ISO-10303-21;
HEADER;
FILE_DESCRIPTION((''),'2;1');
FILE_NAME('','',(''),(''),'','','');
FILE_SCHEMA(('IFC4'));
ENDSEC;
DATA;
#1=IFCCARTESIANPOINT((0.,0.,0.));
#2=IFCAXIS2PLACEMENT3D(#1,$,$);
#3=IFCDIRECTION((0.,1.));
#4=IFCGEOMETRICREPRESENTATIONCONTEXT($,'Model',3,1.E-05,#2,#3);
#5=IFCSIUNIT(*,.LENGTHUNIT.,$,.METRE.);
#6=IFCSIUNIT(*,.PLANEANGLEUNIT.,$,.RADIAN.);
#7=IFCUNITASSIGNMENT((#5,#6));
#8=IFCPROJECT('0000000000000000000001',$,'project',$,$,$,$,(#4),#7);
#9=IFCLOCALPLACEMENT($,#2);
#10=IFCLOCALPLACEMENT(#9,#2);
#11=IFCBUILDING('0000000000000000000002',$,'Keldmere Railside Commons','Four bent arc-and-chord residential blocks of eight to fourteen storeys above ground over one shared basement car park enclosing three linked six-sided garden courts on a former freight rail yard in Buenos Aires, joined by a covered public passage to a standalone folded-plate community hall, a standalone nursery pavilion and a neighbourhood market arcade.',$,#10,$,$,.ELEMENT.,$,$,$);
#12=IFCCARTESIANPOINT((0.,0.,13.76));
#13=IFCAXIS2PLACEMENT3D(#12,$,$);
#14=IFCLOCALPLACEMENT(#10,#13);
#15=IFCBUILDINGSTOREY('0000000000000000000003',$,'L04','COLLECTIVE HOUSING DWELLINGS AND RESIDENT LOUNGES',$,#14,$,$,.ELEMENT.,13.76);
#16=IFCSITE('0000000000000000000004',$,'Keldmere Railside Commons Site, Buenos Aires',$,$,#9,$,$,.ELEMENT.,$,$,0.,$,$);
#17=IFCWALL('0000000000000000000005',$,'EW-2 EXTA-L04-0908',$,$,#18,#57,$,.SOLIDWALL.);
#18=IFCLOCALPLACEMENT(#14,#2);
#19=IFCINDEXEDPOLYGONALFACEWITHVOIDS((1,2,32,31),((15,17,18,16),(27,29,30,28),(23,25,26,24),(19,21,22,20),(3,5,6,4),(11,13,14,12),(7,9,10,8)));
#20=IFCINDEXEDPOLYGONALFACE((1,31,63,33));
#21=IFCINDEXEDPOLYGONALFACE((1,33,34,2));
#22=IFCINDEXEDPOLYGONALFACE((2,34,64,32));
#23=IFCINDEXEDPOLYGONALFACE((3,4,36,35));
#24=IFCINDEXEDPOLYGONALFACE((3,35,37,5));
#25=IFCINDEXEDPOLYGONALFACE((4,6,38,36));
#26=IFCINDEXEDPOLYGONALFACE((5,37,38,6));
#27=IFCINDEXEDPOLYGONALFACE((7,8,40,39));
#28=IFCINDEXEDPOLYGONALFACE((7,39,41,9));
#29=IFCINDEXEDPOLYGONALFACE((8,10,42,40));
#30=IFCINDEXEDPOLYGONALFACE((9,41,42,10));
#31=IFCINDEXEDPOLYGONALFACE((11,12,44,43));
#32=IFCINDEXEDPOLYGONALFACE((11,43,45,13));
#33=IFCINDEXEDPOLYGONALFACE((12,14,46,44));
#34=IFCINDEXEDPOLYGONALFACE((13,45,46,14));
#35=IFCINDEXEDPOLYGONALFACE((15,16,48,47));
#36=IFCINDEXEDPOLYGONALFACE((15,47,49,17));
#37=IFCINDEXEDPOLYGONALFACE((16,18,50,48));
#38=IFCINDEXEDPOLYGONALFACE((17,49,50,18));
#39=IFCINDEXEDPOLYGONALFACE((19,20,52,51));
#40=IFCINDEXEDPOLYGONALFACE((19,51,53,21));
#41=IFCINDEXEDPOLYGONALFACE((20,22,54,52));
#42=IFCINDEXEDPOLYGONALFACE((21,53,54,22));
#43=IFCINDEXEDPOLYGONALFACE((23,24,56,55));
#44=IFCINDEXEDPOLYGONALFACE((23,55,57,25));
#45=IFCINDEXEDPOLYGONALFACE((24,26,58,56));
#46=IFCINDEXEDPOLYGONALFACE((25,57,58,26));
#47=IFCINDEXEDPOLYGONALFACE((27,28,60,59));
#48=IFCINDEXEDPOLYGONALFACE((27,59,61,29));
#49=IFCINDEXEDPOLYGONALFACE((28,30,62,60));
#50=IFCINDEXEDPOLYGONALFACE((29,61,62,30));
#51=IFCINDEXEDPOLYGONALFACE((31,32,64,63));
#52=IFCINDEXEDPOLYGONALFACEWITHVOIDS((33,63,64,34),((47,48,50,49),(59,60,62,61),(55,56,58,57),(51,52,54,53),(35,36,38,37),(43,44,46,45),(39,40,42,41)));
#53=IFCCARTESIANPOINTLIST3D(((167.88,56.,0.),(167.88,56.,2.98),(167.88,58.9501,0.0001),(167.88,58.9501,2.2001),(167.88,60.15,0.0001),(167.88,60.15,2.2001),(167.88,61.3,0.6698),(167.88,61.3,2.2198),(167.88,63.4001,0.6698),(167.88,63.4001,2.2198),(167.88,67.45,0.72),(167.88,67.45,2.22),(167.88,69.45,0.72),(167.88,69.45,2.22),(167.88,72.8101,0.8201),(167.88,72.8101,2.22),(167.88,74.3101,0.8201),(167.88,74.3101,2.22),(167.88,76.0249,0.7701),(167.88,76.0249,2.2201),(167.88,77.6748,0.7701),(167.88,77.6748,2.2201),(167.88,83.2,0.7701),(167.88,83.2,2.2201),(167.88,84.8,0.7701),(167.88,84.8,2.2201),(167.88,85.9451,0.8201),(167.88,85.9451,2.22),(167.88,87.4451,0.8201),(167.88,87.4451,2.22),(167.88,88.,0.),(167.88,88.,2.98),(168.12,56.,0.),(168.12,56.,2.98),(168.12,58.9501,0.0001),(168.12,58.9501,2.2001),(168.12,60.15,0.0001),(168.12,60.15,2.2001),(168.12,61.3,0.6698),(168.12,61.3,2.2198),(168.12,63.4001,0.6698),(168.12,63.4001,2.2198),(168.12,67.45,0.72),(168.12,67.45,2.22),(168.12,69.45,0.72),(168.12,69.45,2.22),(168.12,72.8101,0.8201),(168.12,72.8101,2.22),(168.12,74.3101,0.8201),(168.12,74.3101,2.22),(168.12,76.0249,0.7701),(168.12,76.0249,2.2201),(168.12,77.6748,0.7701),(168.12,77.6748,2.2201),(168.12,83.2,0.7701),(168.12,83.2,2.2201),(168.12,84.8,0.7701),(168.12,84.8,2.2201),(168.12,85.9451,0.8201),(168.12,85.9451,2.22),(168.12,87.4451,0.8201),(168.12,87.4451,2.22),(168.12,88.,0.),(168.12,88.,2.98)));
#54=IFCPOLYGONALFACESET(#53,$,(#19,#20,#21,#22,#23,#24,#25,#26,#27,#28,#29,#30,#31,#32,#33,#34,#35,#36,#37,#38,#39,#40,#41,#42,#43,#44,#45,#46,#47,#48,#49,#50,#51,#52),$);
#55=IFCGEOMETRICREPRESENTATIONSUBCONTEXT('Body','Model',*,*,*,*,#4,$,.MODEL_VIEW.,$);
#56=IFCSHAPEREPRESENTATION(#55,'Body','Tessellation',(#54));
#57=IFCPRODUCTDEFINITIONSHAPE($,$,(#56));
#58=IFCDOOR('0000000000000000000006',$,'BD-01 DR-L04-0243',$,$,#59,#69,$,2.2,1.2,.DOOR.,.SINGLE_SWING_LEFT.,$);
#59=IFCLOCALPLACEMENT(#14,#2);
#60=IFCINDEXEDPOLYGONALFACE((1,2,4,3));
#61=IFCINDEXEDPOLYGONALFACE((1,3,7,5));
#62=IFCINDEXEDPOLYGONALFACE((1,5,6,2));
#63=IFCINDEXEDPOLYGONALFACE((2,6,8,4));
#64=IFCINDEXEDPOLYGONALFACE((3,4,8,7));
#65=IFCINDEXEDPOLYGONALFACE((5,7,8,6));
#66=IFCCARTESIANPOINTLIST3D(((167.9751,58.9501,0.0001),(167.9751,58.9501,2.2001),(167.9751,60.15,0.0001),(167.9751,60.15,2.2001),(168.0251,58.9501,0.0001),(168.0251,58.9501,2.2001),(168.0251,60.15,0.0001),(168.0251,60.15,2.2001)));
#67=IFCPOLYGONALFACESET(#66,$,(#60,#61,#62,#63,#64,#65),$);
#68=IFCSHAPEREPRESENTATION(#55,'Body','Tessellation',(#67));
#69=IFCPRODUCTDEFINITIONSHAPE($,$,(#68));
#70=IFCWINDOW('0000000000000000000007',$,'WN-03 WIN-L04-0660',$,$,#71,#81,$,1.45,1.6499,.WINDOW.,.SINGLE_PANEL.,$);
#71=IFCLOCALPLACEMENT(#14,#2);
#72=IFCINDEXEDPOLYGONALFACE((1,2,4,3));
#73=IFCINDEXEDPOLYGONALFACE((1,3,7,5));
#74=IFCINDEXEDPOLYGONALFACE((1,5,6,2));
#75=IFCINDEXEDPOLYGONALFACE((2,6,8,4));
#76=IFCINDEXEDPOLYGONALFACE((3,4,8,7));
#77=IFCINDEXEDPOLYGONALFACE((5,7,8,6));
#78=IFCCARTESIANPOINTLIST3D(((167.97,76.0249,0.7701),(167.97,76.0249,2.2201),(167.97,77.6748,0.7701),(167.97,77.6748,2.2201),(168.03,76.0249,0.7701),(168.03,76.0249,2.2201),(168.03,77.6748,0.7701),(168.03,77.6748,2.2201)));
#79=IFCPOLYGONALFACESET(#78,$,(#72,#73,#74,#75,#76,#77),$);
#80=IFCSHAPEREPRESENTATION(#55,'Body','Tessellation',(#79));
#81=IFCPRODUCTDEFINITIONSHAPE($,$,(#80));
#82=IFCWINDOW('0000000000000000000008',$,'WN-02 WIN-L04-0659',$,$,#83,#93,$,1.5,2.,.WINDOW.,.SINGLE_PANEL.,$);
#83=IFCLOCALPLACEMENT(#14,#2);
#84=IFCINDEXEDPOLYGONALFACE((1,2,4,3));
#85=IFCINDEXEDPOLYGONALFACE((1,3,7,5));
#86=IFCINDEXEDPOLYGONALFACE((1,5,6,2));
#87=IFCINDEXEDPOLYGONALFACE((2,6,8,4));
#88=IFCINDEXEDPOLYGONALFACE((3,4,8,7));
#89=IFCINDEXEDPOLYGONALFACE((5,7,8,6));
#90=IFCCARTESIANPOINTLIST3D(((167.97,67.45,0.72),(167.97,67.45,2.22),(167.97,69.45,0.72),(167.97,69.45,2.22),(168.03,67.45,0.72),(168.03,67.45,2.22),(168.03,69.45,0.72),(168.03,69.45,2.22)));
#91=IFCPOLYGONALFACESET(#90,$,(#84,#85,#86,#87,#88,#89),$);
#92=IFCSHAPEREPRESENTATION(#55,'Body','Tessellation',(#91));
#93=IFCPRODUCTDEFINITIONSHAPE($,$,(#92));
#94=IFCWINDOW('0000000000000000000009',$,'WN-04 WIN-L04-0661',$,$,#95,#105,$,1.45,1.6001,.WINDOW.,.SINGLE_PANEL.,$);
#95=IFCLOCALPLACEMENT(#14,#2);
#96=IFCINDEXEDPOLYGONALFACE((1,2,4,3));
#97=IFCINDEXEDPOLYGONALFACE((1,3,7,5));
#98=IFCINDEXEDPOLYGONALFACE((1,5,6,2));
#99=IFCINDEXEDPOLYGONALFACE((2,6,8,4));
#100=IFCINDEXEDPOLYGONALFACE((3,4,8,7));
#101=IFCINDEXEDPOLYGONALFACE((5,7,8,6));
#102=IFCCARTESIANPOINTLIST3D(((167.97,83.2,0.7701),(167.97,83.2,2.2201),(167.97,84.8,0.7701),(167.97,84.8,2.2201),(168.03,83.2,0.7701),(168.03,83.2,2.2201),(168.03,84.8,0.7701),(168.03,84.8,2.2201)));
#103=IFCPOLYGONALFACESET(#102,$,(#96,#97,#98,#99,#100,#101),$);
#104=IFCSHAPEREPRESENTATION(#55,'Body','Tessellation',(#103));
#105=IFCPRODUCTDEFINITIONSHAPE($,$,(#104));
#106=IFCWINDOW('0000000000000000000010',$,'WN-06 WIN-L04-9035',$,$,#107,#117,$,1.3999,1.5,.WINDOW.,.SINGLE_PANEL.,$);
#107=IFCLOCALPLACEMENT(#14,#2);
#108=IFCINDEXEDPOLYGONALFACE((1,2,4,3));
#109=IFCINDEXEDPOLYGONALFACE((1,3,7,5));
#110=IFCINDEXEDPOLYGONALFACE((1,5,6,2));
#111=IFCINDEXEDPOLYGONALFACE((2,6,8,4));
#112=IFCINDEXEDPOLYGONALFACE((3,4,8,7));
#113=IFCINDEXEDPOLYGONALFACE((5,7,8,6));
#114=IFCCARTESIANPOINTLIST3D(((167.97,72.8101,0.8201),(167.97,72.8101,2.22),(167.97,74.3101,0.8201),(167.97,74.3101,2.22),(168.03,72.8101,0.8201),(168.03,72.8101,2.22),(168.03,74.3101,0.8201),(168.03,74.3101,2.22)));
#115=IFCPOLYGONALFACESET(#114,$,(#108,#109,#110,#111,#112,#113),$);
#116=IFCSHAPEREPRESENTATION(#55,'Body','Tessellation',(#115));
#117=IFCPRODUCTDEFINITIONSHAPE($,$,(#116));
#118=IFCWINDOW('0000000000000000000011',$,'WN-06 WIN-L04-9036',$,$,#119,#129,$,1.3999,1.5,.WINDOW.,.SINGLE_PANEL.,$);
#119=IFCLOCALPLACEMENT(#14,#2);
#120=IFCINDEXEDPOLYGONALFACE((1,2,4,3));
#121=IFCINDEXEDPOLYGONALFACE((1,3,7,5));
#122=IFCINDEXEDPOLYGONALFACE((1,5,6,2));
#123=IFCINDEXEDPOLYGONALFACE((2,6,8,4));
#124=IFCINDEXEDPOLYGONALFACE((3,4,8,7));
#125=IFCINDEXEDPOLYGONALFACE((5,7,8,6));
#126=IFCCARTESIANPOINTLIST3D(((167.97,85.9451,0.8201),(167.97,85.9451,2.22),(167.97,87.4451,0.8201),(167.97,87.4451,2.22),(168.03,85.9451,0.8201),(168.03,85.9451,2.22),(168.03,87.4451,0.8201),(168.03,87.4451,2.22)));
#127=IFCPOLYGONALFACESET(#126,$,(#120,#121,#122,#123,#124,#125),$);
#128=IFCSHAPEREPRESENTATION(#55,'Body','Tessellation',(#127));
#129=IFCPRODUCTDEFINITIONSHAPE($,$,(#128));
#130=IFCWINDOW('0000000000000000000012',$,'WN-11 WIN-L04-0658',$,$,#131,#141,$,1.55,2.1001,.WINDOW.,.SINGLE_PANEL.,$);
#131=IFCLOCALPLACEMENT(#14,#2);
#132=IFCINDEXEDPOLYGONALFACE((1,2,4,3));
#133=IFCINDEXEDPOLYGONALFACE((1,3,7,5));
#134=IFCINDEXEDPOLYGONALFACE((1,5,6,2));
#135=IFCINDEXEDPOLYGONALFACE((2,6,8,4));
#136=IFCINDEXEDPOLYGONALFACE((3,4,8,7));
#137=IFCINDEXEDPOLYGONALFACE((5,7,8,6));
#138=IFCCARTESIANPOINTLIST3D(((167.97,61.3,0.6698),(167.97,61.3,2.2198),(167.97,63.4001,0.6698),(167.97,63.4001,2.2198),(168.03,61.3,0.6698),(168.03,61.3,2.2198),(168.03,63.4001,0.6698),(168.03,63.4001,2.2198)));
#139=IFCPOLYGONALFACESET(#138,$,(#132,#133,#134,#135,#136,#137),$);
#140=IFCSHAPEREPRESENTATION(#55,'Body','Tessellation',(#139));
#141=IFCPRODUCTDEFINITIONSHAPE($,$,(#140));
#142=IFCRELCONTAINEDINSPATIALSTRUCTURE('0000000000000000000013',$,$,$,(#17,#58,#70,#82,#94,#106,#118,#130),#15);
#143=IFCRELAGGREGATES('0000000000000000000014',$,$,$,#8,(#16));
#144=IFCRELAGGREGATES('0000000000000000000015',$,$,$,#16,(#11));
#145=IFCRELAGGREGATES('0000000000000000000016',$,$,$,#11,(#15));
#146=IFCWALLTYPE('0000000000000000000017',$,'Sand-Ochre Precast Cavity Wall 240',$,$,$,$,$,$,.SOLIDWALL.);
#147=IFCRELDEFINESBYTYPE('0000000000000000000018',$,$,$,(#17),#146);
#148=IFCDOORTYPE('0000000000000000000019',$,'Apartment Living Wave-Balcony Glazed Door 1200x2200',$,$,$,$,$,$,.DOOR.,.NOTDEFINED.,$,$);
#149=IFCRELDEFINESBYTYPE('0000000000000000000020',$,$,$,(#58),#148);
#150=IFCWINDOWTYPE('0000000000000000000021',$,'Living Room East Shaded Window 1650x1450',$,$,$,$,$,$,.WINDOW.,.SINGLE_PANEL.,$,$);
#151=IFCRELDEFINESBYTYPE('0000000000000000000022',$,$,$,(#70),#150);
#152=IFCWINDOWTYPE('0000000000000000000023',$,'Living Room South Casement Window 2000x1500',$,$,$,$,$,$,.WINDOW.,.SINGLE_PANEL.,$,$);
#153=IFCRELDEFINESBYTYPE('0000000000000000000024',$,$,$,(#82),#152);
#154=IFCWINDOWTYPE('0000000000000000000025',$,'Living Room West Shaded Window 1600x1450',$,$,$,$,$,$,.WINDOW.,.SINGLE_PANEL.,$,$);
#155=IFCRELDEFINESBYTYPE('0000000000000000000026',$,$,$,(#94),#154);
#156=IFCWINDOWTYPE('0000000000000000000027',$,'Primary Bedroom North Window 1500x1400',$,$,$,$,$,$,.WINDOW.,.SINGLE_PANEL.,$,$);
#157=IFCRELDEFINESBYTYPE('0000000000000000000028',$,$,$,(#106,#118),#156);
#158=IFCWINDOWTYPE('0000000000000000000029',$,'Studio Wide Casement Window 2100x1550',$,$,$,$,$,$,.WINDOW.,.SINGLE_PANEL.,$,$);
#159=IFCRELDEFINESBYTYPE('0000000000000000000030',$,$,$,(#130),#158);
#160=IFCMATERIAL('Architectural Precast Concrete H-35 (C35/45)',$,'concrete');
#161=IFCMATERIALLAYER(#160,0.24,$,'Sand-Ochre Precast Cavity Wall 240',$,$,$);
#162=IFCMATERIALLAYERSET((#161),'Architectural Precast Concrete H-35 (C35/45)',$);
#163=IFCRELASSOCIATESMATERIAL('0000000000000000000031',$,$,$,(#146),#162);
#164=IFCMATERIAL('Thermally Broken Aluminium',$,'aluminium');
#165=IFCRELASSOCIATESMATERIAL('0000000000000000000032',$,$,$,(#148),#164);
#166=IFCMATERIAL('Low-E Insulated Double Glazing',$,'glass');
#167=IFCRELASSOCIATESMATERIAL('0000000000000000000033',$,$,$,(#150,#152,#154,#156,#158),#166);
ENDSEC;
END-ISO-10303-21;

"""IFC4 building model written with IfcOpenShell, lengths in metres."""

from ifc_helpers import new_model, si_unit, direction, frame, frame_2d, origin, place, context, subcontext, project, spatial, rectangle, extrude, material, layer, layer_set, type_object, element, fill, save


model = new_model("IFC4")

# Units and contexts
model_context = context("Model", 3, precision=1e-05, world=origin(), true_north=direction((0.0, 1.0)))
body_context = subcontext(model_context, "Body", "Model", "MODEL_VIEW")
ifc_project = project(units=[si_unit("LENGTHUNIT", "METRE"), si_unit("PLANEANGLEUNIT", "RADIAN")], contexts=[model_context])

# Site, building, storey
site_placement = place(None, origin())
site = spatial("IfcSite", under=ifc_project, at=site_placement, Name="Keldmere Railside Commons Site, Buenos Aires", CompositionType="ELEMENT", RefElevation=0.0)
building_placement = place(site_placement, origin())
building = spatial("IfcBuilding", under=site, at=building_placement, Name="Keldmere Railside Commons", Description="Four bent arc-and-chord residential blocks of eight to fourteen storeys above ground over one shared basement car park enclosing three linked six-sided garden courts on a former freight rail yard in Buenos Aires, joined by a covered public passage to a standalone folded-plate community hall, a standalone nursery pavilion and a neighbourhood market arcade.", CompositionType="ELEMENT")
storey_placement = place(building_placement, frame((0.0, 0.0, 13.76)))
storey = spatial("IfcBuildingStorey", under=building, at=storey_placement, Name="L04", Description="COLLECTIVE HOUSING DWELLINGS AND RESIDENT LOUNGES", CompositionType="ELEMENT", Elevation=13.76)

# Wall, openings, door, windows
ifc_material_1 = material(Name="Architectural Precast Concrete H-35 (C35/45)", Category="concrete")
ifc_layer_1 = layer(ifc_material_1, 0.24, Name="Sand-Ochre Precast Cavity Wall 240")
ifc_layer_set_1 = layer_set([ifc_layer_1], Name="Architectural Precast Concrete H-35 (C35/45)")
wall_type_1 = type_object("IfcWallType", Name="Sand-Ochre Precast Cavity Wall 240", PredefinedType="SOLIDWALL", material=ifc_layer_set_1)
wall_1_placement = place(storey_placement, frame((168.0, 56.0, 0.0), z_axis=(0.0, 0.0, 1.0), x_axis=(0.0, 1.0, 0.0)))
wall_1 = element("IfcWall", 1, at=wall_1_placement, inside=storey, type_object=wall_type_1, Name="EW-2 EXTA-L04-0908", PredefinedType="SOLIDWALL", context=body_context, shape_type="SweptSolid", body=[
    extrude(rectangle(XDim=32.0, YDim=0.24, at=frame_2d((16.0, 0.0))), origin(), (0.0, 0.0, 1.0), 2.98),
])
opening_1_placement = place(wall_1_placement, frame((2.95, 0.0, 0.0)))
opening_1 = element("IfcOpeningElement", 2, at=opening_1_placement, cuts=wall_1, PredefinedType="OPENING", context=body_context, shape_type="SweptSolid", body=[
    extrude(rectangle(XDim=1.2, YDim=2.2, at=frame_2d((0.6001, 1.1001))), frame((0.0, 0.1299, 0.0), z_axis=(0.0, -1.0, 0.0), x_axis=(1.0, 0.0, 0.0)), (0.0, 0.0, 1.0), 0.26),
])
opening_2_placement = place(wall_1_placement, frame((5.3, 0.0, 0.6699)))
opening_2 = element("IfcOpeningElement", 3, at=opening_2_placement, cuts=wall_1, PredefinedType="OPENING", context=body_context, shape_type="SweptSolid", body=[
    extrude(rectangle(XDim=2.1001, YDim=1.55, at=frame_2d((1.05, 0.7749))), frame((0.0, 0.1299, 0.0), z_axis=(0.0, -1.0, 0.0), x_axis=(1.0, 0.0, 0.0)), (0.0, 0.0, 1.0), 0.26),
])
opening_3_placement = place(wall_1_placement, frame((11.45, 0.0, 0.72)))
opening_3 = element("IfcOpeningElement", 4, at=opening_3_placement, cuts=wall_1, PredefinedType="OPENING", context=body_context, shape_type="SweptSolid", body=[
    extrude(rectangle(XDim=2.0, YDim=1.5, at=frame_2d((1.0, 0.75))), frame((0.0, 0.1299, 0.0), z_axis=(0.0, -1.0, 0.0), x_axis=(1.0, 0.0, 0.0)), (0.0, 0.0, 1.0), 0.26),
])
opening_4_placement = place(wall_1_placement, frame((20.0249, 0.0, 0.77)))
opening_4 = element("IfcOpeningElement", 5, at=opening_4_placement, cuts=wall_1, PredefinedType="OPENING", context=body_context, shape_type="SweptSolid", body=[
    extrude(rectangle(XDim=1.6499, YDim=1.45, at=frame_2d((0.825, 0.7251))), frame((0.0, 0.1299, 0.0), z_axis=(0.0, -1.0, 0.0), x_axis=(1.0, 0.0, 0.0)), (0.0, 0.0, 1.0), 0.26),
])
opening_5_placement = place(wall_1_placement, frame((27.2, 0.0, 0.77)))
opening_5 = element("IfcOpeningElement", 6, at=opening_5_placement, cuts=wall_1, PredefinedType="OPENING", context=body_context, shape_type="SweptSolid", body=[
    extrude(rectangle(XDim=1.6001, YDim=1.45, at=frame_2d((0.8, 0.7251))), frame((0.0, 0.1299, 0.0), z_axis=(0.0, -1.0, 0.0), x_axis=(1.0, 0.0, 0.0)), (0.0, 0.0, 1.0), 0.26),
])
opening_6_placement = place(wall_1_placement, frame((16.8101, 0.0, 0.8201)))
opening_6 = element("IfcOpeningElement", 7, at=opening_6_placement, cuts=wall_1, PredefinedType="OPENING", context=body_context, shape_type="SweptSolid", body=[
    extrude(rectangle(XDim=1.5, YDim=1.3999, at=frame_2d((0.75, 0.7))), frame((0.0, 0.1299, 0.0), z_axis=(0.0, -1.0, 0.0), x_axis=(1.0, 0.0, 0.0)), (0.0, 0.0, 1.0), 0.26),
])
opening_7_placement = place(wall_1_placement, frame((29.9451, 0.0, 0.8201)))
opening_7 = element("IfcOpeningElement", 8, at=opening_7_placement, cuts=wall_1, PredefinedType="OPENING", context=body_context, shape_type="SweptSolid", body=[
    extrude(rectangle(XDim=1.5, YDim=1.3999, at=frame_2d((0.75, 0.7))), frame((0.0, 0.1299, 0.0), z_axis=(0.0, -1.0, 0.0), x_axis=(1.0, 0.0, 0.0)), (0.0, 0.0, 1.0), 0.26),
])
ifc_material_2 = material(Name="Thermally Broken Aluminium", Category="aluminium")
door_type_1 = type_object("IfcDoorType", Name="Apartment Living Wave-Balcony Glazed Door 1200x2200", OperationType="NOTDEFINED", PredefinedType="DOOR", material=ifc_material_2)
door_1_placement = place(opening_1_placement, origin())
door_1 = element("IfcDoor", 9, at=door_1_placement, inside=storey, type_object=door_type_1, Name="BD-01 DR-L04-0243", OperationType="SINGLE_SWING_LEFT", OverallHeight=2.2, OverallWidth=1.2, PredefinedType="DOOR", context=body_context, shape_type="SweptSolid", body=[
    extrude(rectangle(XDim=1.2, YDim=2.2, at=frame_2d((0.6001, 1.1001))), frame((0.0, 0.0249, 0.0), z_axis=(0.0, -1.0, 0.0), x_axis=(1.0, 0.0, 0.0)), (0.0, 0.0, 1.0), 0.05),
])
fill(opening_1, door_1)
ifc_material_3 = material(Name="Low-E Insulated Double Glazing", Category="glass")
window_type_1 = type_object("IfcWindowType", Name="Living Room East Shaded Window 1650x1450", PartitioningType="SINGLE_PANEL", PredefinedType="WINDOW", material=ifc_material_3)
window_1_placement = place(opening_4_placement, origin())
window_1 = element("IfcWindow", 10, at=window_1_placement, inside=storey, type_object=window_type_1, Name="WN-03 WIN-L04-0660", OverallHeight=1.45, OverallWidth=1.6499, PartitioningType="SINGLE_PANEL", PredefinedType="WINDOW", context=body_context, shape_type="SweptSolid", body=[
    extrude(rectangle(XDim=1.6499, YDim=1.45, at=frame_2d((0.825, 0.7251))), frame((0.0, 0.03, 0.0), z_axis=(0.0, -1.0, 0.0), x_axis=(1.0, 0.0, 0.0)), (0.0, 0.0, 1.0), 0.0601),
])
fill(opening_4, window_1)
window_type_2 = type_object("IfcWindowType", Name="Living Room South Casement Window 2000x1500", PartitioningType="SINGLE_PANEL", PredefinedType="WINDOW", material=ifc_material_3)
window_2_placement = place(opening_3_placement, origin())
window_2 = element("IfcWindow", 11, at=window_2_placement, inside=storey, type_object=window_type_2, Name="WN-02 WIN-L04-0659", OverallHeight=1.5, OverallWidth=2.0, PartitioningType="SINGLE_PANEL", PredefinedType="WINDOW", context=body_context, shape_type="SweptSolid", body=[
    extrude(rectangle(XDim=2.0, YDim=1.5, at=frame_2d((1.0, 0.75))), frame((0.0, 0.03, 0.0), z_axis=(0.0, -1.0, 0.0), x_axis=(1.0, 0.0, 0.0)), (0.0, 0.0, 1.0), 0.0601),
])
fill(opening_3, window_2)
window_type_3 = type_object("IfcWindowType", Name="Living Room West Shaded Window 1600x1450", PartitioningType="SINGLE_PANEL", PredefinedType="WINDOW", material=ifc_material_3)
window_3_placement = place(opening_5_placement, origin())
window_3 = element("IfcWindow", 12, at=window_3_placement, inside=storey, type_object=window_type_3, Name="WN-04 WIN-L04-0661", OverallHeight=1.45, OverallWidth=1.6001, PartitioningType="SINGLE_PANEL", PredefinedType="WINDOW", context=body_context, shape_type="SweptSolid", body=[
    extrude(rectangle(XDim=1.6001, YDim=1.45, at=frame_2d((0.8, 0.7251))), frame((0.0, 0.03, 0.0), z_axis=(0.0, -1.0, 0.0), x_axis=(1.0, 0.0, 0.0)), (0.0, 0.0, 1.0), 0.0601),
])
fill(opening_5, window_3)
window_type_4 = type_object("IfcWindowType", Name="Primary Bedroom North Window 1500x1400", PartitioningType="SINGLE_PANEL", PredefinedType="WINDOW", material=ifc_material_3)
window_4_placement = place(opening_6_placement, origin())
window_4 = element("IfcWindow", 13, at=window_4_placement, inside=storey, type_object=window_type_4, Name="WN-06 WIN-L04-9035", OverallHeight=1.3999, OverallWidth=1.5, PartitioningType="SINGLE_PANEL", PredefinedType="WINDOW", context=body_context, shape_type="SweptSolid", body=[
    extrude(rectangle(XDim=1.5, YDim=1.3999, at=frame_2d((0.75, 0.7))), frame((0.0, 0.03, 0.0), z_axis=(0.0, -1.0, 0.0), x_axis=(1.0, 0.0, 0.0)), (0.0, 0.0, 1.0), 0.0601),
])
fill(opening_6, window_4)
window_5_placement = place(opening_7_placement, origin())
window_5 = element("IfcWindow", 14, at=window_5_placement, inside=storey, type_object=window_type_4, Name="WN-06 WIN-L04-9036", OverallHeight=1.3999, OverallWidth=1.5, PartitioningType="SINGLE_PANEL", PredefinedType="WINDOW", context=body_context, shape_type="SweptSolid", body=[
    extrude(rectangle(XDim=1.5, YDim=1.3999, at=frame_2d((0.75, 0.7))), frame((0.0, 0.03, 0.0), z_axis=(0.0, -1.0, 0.0), x_axis=(1.0, 0.0, 0.0)), (0.0, 0.0, 1.0), 0.0601),
])
fill(opening_7, window_5)
window_type_5 = type_object("IfcWindowType", Name="Studio Wide Casement Window 2100x1550", PartitioningType="SINGLE_PANEL", PredefinedType="WINDOW", material=ifc_material_3)
window_6_placement = place(opening_2_placement, origin())
window_6 = element("IfcWindow", 15, at=window_6_placement, inside=storey, type_object=window_type_5, Name="WN-11 WIN-L04-0658", OverallHeight=1.55, OverallWidth=2.1001, PartitioningType="SINGLE_PANEL", PredefinedType="WINDOW", context=body_context, shape_type="SweptSolid", body=[
    extrude(rectangle(XDim=2.1001, YDim=1.55, at=frame_2d((1.05, 0.7749))), frame((0.0, 0.03, 0.0), z_axis=(0.0, -1.0, 0.0), x_axis=(1.0, 0.0, 0.0)), (0.0, 0.0, 1.0), 0.0601),
])
fill(opening_2, window_6)

save(model, "model.ifc")
